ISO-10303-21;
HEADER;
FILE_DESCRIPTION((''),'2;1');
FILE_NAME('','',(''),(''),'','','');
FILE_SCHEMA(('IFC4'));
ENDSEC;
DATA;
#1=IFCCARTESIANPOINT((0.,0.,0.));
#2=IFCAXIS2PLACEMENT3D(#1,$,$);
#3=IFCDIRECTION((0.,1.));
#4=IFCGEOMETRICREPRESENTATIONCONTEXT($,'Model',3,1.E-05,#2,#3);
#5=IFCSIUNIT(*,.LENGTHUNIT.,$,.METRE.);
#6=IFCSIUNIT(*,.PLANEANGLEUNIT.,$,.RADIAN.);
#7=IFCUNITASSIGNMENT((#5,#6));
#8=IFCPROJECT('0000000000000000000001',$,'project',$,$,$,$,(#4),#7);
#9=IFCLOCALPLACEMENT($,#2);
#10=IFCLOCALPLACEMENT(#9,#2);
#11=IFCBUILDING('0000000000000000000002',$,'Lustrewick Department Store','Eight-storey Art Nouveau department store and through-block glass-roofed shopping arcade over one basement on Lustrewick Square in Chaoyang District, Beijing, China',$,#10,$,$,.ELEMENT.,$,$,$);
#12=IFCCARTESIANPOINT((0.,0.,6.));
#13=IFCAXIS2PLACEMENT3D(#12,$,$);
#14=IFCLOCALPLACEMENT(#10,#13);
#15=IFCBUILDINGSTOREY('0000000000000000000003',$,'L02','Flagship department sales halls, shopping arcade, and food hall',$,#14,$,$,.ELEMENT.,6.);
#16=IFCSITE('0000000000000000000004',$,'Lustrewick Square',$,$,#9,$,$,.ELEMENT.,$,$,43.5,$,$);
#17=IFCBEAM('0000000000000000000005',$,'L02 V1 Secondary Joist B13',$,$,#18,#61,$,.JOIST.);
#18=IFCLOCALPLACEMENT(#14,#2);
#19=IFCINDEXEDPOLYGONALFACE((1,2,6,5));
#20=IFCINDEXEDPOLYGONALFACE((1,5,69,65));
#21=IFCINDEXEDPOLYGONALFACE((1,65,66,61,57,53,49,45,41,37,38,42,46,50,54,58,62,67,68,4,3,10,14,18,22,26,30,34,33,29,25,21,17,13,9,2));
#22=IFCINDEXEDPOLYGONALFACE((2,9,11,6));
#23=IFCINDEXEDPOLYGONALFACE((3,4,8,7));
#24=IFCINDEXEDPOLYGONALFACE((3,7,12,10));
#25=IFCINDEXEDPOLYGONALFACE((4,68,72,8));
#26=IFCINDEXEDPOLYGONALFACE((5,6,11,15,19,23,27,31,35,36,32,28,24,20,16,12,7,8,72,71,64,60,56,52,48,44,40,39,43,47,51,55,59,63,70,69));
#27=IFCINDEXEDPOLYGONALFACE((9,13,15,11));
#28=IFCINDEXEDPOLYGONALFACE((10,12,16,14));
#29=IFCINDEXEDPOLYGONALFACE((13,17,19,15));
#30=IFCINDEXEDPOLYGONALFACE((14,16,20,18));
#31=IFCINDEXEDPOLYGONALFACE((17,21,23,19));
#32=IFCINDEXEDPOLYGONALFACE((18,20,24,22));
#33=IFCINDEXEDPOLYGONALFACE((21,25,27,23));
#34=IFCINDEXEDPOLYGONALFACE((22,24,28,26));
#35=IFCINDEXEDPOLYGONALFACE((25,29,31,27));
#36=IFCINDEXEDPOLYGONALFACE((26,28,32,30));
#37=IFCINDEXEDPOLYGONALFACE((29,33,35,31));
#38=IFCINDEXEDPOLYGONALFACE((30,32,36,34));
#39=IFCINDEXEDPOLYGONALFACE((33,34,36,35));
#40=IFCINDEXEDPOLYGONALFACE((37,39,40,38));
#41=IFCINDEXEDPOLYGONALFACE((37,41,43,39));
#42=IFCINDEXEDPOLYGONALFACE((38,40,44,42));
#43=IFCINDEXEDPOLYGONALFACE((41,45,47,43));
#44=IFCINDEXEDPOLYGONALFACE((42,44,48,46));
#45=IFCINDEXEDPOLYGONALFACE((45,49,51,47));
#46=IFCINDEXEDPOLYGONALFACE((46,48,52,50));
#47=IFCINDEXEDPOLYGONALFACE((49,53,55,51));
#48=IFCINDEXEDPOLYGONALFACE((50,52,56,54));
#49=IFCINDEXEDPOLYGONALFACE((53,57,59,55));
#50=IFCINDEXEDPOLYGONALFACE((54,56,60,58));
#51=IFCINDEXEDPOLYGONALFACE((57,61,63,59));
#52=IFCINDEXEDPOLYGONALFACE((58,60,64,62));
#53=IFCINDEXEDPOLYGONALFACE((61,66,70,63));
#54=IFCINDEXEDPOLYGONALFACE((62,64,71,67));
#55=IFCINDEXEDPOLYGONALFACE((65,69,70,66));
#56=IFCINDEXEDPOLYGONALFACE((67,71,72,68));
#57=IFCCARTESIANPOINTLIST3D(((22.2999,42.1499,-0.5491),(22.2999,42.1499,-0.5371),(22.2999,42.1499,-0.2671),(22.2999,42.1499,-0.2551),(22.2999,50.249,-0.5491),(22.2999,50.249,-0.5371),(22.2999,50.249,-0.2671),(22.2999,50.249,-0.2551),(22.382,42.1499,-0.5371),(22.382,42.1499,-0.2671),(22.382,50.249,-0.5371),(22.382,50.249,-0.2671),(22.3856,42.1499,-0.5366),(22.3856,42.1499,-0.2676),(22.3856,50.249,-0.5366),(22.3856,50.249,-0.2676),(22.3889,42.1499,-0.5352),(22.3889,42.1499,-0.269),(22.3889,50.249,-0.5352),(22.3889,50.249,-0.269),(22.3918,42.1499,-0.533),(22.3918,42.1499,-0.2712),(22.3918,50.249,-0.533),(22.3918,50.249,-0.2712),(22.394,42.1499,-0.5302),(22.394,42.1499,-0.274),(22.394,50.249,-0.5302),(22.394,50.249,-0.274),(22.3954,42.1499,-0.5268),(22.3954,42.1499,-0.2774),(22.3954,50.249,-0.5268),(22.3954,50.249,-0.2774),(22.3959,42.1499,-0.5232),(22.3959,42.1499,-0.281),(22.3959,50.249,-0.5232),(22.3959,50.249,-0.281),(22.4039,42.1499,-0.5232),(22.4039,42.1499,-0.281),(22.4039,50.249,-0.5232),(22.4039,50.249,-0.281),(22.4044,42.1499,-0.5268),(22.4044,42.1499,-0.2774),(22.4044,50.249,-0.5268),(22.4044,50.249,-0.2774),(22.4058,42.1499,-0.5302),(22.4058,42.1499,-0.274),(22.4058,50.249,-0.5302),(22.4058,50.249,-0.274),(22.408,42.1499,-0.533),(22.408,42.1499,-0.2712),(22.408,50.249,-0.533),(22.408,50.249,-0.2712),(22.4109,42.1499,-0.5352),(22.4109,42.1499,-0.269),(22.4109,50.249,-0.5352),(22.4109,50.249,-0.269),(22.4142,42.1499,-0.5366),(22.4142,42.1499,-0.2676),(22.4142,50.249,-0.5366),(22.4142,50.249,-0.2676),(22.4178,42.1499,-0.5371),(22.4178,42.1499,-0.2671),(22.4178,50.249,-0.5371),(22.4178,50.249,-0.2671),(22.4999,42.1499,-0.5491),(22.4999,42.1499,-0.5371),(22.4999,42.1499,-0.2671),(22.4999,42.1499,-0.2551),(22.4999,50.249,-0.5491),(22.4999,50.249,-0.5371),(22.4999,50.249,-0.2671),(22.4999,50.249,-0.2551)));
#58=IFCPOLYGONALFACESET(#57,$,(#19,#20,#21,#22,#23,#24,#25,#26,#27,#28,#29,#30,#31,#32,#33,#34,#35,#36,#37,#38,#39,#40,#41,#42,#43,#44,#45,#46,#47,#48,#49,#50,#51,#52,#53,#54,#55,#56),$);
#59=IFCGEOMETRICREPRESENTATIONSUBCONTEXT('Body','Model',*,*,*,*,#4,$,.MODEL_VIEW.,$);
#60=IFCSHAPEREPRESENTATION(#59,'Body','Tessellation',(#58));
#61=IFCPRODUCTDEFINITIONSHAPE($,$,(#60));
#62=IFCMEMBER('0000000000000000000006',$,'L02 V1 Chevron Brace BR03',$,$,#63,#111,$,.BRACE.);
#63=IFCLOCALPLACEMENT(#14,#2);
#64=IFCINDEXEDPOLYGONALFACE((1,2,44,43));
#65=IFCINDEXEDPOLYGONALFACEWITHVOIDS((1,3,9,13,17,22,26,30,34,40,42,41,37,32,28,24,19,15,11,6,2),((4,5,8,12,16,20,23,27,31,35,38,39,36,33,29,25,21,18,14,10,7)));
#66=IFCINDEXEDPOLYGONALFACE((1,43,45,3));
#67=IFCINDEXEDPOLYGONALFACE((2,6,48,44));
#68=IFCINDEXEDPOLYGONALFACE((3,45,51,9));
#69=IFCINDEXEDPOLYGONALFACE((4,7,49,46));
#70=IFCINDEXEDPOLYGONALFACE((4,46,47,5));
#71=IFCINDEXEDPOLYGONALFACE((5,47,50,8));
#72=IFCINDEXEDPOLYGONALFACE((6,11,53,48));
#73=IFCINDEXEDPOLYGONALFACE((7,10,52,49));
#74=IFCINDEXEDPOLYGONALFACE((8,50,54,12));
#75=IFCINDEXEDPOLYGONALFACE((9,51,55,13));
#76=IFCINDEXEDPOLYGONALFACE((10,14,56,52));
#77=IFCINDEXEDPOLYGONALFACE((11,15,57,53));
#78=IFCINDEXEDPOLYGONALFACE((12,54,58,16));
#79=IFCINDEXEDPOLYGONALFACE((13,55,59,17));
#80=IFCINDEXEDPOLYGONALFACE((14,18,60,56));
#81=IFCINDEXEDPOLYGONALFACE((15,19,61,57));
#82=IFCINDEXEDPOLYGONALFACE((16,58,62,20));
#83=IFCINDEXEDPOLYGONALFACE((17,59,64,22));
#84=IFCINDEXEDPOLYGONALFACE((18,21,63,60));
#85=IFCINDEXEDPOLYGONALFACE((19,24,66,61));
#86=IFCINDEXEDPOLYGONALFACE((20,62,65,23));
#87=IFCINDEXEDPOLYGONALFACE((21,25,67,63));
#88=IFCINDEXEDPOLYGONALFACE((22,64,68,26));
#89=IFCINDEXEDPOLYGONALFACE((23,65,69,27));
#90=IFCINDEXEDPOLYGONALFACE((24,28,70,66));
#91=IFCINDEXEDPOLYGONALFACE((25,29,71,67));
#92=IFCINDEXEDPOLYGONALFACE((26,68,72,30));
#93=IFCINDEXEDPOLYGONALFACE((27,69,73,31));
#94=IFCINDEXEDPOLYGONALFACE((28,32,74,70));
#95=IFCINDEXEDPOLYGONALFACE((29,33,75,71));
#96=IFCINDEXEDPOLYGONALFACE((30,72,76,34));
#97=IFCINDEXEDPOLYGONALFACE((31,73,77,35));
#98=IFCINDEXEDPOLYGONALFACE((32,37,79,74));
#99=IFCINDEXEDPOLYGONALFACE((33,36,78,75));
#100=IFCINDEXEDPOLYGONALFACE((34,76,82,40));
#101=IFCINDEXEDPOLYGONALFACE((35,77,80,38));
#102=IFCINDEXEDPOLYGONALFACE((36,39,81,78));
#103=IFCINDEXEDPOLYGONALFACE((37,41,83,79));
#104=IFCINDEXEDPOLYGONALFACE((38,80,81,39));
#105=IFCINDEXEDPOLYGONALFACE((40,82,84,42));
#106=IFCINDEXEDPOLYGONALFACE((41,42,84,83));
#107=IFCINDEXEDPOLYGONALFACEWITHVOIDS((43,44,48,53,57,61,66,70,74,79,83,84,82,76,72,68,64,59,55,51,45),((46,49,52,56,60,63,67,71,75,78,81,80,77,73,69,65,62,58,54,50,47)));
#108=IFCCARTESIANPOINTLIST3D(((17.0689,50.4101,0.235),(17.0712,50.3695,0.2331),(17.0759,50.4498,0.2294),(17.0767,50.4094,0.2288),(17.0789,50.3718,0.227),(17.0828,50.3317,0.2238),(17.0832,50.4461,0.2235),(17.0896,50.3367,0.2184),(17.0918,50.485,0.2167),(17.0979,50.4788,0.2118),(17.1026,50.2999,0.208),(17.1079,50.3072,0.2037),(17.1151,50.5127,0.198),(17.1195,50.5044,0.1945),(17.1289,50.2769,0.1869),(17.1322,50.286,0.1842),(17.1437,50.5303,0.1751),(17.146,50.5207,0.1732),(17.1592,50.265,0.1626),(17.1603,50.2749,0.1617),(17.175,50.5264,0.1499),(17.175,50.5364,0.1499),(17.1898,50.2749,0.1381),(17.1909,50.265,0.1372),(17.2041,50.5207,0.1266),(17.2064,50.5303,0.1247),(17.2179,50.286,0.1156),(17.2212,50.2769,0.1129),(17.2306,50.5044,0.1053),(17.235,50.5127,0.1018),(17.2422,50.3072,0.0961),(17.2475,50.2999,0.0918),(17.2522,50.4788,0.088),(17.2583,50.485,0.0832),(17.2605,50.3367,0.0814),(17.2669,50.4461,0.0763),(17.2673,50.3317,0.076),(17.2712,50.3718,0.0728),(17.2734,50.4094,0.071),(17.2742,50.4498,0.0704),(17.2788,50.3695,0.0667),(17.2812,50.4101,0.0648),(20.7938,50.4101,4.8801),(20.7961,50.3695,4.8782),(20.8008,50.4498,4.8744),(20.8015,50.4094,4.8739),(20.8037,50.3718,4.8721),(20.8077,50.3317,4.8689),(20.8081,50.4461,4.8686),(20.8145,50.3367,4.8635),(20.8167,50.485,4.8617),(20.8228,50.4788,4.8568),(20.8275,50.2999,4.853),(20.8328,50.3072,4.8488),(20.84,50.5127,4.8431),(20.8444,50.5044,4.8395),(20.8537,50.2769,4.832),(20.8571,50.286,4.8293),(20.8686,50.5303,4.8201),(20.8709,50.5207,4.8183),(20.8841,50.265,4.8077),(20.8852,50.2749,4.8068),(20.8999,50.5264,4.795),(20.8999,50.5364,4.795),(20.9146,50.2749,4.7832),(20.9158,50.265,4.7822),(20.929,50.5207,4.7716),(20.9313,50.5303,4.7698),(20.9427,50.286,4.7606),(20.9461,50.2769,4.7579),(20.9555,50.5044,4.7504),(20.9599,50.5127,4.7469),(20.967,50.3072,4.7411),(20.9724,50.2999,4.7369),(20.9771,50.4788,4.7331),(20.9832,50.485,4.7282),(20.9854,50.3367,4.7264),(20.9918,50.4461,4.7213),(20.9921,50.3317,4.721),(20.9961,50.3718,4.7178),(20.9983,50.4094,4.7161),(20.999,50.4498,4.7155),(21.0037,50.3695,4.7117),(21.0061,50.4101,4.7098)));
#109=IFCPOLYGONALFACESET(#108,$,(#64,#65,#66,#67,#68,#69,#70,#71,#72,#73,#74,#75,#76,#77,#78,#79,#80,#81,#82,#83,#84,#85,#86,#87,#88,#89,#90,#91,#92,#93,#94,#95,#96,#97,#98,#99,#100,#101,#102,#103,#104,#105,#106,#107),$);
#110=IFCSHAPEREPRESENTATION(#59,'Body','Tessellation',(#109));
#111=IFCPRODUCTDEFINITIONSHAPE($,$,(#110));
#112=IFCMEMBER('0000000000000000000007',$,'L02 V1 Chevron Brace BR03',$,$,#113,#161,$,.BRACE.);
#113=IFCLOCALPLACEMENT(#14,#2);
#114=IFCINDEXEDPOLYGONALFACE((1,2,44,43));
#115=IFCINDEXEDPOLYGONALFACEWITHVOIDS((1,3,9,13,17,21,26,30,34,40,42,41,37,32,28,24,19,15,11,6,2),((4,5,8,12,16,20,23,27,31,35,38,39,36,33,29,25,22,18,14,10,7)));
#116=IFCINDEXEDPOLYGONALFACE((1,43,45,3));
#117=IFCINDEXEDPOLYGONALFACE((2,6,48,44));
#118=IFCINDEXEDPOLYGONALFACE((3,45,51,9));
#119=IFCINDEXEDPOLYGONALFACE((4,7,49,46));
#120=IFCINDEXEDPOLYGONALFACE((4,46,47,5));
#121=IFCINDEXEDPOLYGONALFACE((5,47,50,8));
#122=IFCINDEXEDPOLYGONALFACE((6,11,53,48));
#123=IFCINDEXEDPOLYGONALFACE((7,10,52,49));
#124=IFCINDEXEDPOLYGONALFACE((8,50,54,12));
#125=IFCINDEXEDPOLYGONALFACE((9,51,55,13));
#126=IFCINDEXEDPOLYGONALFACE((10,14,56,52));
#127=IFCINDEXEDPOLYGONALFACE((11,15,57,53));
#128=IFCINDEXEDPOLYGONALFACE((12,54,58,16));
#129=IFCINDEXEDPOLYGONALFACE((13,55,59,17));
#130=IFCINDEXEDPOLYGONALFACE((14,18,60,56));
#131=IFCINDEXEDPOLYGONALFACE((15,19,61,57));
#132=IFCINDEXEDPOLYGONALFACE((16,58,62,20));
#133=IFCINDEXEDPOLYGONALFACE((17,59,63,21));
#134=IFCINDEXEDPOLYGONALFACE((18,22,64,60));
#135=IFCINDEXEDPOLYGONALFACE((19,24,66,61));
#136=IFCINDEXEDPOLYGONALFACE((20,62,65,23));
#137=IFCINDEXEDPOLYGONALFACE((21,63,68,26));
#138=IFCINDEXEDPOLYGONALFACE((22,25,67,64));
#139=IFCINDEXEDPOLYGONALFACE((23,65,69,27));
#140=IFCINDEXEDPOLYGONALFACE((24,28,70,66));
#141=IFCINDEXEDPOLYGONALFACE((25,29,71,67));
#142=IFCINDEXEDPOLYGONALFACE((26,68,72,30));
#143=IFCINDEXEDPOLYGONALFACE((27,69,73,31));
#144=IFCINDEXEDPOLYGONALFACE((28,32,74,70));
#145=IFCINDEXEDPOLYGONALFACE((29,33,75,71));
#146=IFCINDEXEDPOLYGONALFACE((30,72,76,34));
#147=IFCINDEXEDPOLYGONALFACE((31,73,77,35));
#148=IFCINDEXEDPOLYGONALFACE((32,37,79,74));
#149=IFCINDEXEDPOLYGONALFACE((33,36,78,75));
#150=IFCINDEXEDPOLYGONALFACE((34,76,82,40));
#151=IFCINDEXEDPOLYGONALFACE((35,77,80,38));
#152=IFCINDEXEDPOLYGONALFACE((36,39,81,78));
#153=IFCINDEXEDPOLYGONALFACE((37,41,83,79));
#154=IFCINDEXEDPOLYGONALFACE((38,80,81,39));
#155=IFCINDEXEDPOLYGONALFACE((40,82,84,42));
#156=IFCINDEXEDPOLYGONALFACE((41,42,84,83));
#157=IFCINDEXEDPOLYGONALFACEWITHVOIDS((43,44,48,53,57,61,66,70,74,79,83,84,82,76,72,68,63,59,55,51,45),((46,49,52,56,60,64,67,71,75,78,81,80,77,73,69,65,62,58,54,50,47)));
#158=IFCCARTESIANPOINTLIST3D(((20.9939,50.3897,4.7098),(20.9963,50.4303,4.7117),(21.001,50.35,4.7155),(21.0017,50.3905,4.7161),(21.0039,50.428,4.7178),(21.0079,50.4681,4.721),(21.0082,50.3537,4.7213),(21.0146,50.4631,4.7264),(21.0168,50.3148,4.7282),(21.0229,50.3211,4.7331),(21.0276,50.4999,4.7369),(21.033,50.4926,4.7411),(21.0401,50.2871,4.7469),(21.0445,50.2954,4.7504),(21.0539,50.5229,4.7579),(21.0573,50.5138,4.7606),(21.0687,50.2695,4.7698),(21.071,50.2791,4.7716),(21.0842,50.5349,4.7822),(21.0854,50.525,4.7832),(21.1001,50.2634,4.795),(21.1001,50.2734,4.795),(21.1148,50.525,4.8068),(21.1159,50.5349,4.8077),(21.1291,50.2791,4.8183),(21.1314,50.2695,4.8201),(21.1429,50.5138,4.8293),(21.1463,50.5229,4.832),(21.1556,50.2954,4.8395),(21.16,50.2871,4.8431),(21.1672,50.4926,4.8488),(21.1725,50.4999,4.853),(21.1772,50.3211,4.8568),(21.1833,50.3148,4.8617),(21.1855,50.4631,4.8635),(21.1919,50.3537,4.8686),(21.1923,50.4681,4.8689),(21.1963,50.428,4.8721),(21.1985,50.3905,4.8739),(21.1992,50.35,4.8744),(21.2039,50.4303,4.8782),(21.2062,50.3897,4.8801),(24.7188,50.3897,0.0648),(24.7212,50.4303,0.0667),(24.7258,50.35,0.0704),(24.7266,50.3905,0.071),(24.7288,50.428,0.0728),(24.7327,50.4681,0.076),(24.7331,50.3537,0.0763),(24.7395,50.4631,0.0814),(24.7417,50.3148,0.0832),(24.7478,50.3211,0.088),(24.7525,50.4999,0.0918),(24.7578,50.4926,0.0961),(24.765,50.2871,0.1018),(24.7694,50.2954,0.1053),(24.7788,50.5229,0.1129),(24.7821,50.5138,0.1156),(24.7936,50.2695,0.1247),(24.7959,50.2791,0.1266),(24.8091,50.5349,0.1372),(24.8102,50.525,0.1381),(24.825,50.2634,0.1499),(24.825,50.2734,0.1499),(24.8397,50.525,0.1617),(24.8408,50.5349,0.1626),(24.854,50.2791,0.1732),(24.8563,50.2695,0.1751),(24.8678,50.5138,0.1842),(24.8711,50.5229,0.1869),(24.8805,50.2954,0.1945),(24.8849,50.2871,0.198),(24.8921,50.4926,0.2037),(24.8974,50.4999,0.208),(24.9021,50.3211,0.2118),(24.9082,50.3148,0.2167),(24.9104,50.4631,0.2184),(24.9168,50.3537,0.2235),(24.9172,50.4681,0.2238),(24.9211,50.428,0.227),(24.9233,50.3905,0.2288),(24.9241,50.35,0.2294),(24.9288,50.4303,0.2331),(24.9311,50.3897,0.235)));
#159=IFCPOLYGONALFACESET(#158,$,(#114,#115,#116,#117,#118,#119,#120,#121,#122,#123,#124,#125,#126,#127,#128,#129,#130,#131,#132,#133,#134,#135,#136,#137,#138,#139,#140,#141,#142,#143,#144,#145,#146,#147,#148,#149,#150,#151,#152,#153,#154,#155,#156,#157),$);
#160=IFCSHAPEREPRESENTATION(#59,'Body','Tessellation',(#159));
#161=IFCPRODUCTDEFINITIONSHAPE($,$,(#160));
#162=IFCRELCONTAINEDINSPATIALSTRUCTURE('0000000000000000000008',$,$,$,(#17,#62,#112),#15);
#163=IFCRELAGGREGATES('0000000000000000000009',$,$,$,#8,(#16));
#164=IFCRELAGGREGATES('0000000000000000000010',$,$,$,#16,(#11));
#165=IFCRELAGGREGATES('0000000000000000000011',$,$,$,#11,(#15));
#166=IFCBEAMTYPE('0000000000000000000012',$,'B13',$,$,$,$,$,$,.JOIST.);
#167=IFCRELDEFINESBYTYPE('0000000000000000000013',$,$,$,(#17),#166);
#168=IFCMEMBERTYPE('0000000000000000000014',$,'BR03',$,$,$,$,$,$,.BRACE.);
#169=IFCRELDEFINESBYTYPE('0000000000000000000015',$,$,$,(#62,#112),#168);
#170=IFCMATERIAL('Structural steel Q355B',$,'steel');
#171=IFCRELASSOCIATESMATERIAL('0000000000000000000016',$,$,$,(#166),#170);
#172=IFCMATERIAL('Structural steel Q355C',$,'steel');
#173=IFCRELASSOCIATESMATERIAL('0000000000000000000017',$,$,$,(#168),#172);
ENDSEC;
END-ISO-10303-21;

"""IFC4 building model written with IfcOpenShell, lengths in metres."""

from ifc_helpers import new_model, si_unit, direction, frame, origin, origin_2d, place, context, subcontext, project, spatial, hollow_circle, i_section, extrude, material, material_profile, profile_set, type_object, element, save


model = new_model("IFC4")

# Units and contexts
model_context = context("Model", 3, precision=1e-05, world=origin(), true_north=direction((0.0, 1.0)))
body_context = subcontext(model_context, "Body", "Model", "MODEL_VIEW")
ifc_project = project(units=[si_unit("LENGTHUNIT", "METRE"), si_unit("PLANEANGLEUNIT", "RADIAN")], contexts=[model_context])

# Site, building, storey
site_placement = place(None, origin())
site = spatial("IfcSite", under=ifc_project, at=site_placement, Name="Lustrewick Square", CompositionType="ELEMENT", RefElevation=43.5)
building_placement = place(site_placement, origin())
building = spatial("IfcBuilding", under=site, at=building_placement, Name="Lustrewick Department Store", Description="Eight-storey Art Nouveau department store and through-block glass-roofed shopping arcade over one basement on Lustrewick Square in Chaoyang District, Beijing, China", CompositionType="ELEMENT")
storey_placement = place(building_placement, frame((0.0, 0.0, 6.0)))
storey = spatial("IfcBuildingStorey", under=building, at=storey_placement, Name="L02", Description="Flagship department sales halls, shopping arcade, and food hall", CompositionType="ELEMENT", Elevation=6.0)

# Shared definitions
ifc_material_1 = material(Name="Structural steel Q355C", Category="steel")

# Beam
ifc_material_2 = material(Name="Structural steel Q355B", Category="steel")
ifc_material_profile_1 = material_profile(ifc_material_2, i_section(OverallWidth=0.2, OverallDepth=0.2939, WebThickness=0.0081, FlangeThickness=0.012, FilletRadius=0.0139, at=origin_2d()), Name="HM 294x200x8x12")
ifc_profile_set_1 = profile_set([ifc_material_profile_1], Name="Structural steel Q355B")
beam_type_1 = type_object("IfcBeamType", Name="B13", PredefinedType="JOIST", material=ifc_profile_set_1)
beam_1_placement = place(storey_placement, frame((22.3999, 42.1499, -0.4021), z_axis=(0.0, 1.0, 0.0), x_axis=(-1.0, 0.0, 0.0)))
element("IfcBeam", 1, at=beam_1_placement, inside=storey, type_object=beam_type_1, Name="L02 V1 Secondary Joist B13", PredefinedType="JOIST", context=body_context, shape_type="SweptSolid", body=[
    extrude(i_section(OverallWidth=0.2, OverallDepth=0.2939, WebThickness=0.0081, FlangeThickness=0.012, FilletRadius=0.0139, at=origin_2d()), origin(), (0.0, 0.0, 1.0), 8.0991),
])

# Members
ifc_material_profile_2 = material_profile(ifc_material_1, hollow_circle(Radius=0.1365, WallThickness=0.01, at=origin_2d()), Name="CHS 273x10")
ifc_profile_set_2 = profile_set([ifc_material_profile_2], Name="Structural steel Q355C")
member_type = type_object("IfcMemberType", Name="BR03", PredefinedType="BRACE", material=ifc_profile_set_2)
for number, where, z_axis, x_axis, name in (
    (2, (17.175, 50.3999, 0.1499), (0.6256, 0.0, 0.780144), (0.0, 1.0, 0.0), "L02 V1 Chevron Brace BR03"),
    (3, (24.825, 50.3999, 0.1499), (-0.6256, 0.0, 0.780144), (0.0, -1.0, 0.0), "L02 V1 Chevron Brace BR03"),
):
    element("IfcMember", number, at=place(storey_placement, frame(where, z_axis=z_axis, x_axis=x_axis)), inside=storey, type_object=member_type, Name=name, PredefinedType="BRACE", context=body_context, shape_type="SweptSolid", body=[
        extrude(hollow_circle(Radius=0.1365, WallThickness=0.01, at=origin_2d()), origin(), (0.0, 0.0, 1.0), 5.9541),
    ])

save(model, "model.ifc")
